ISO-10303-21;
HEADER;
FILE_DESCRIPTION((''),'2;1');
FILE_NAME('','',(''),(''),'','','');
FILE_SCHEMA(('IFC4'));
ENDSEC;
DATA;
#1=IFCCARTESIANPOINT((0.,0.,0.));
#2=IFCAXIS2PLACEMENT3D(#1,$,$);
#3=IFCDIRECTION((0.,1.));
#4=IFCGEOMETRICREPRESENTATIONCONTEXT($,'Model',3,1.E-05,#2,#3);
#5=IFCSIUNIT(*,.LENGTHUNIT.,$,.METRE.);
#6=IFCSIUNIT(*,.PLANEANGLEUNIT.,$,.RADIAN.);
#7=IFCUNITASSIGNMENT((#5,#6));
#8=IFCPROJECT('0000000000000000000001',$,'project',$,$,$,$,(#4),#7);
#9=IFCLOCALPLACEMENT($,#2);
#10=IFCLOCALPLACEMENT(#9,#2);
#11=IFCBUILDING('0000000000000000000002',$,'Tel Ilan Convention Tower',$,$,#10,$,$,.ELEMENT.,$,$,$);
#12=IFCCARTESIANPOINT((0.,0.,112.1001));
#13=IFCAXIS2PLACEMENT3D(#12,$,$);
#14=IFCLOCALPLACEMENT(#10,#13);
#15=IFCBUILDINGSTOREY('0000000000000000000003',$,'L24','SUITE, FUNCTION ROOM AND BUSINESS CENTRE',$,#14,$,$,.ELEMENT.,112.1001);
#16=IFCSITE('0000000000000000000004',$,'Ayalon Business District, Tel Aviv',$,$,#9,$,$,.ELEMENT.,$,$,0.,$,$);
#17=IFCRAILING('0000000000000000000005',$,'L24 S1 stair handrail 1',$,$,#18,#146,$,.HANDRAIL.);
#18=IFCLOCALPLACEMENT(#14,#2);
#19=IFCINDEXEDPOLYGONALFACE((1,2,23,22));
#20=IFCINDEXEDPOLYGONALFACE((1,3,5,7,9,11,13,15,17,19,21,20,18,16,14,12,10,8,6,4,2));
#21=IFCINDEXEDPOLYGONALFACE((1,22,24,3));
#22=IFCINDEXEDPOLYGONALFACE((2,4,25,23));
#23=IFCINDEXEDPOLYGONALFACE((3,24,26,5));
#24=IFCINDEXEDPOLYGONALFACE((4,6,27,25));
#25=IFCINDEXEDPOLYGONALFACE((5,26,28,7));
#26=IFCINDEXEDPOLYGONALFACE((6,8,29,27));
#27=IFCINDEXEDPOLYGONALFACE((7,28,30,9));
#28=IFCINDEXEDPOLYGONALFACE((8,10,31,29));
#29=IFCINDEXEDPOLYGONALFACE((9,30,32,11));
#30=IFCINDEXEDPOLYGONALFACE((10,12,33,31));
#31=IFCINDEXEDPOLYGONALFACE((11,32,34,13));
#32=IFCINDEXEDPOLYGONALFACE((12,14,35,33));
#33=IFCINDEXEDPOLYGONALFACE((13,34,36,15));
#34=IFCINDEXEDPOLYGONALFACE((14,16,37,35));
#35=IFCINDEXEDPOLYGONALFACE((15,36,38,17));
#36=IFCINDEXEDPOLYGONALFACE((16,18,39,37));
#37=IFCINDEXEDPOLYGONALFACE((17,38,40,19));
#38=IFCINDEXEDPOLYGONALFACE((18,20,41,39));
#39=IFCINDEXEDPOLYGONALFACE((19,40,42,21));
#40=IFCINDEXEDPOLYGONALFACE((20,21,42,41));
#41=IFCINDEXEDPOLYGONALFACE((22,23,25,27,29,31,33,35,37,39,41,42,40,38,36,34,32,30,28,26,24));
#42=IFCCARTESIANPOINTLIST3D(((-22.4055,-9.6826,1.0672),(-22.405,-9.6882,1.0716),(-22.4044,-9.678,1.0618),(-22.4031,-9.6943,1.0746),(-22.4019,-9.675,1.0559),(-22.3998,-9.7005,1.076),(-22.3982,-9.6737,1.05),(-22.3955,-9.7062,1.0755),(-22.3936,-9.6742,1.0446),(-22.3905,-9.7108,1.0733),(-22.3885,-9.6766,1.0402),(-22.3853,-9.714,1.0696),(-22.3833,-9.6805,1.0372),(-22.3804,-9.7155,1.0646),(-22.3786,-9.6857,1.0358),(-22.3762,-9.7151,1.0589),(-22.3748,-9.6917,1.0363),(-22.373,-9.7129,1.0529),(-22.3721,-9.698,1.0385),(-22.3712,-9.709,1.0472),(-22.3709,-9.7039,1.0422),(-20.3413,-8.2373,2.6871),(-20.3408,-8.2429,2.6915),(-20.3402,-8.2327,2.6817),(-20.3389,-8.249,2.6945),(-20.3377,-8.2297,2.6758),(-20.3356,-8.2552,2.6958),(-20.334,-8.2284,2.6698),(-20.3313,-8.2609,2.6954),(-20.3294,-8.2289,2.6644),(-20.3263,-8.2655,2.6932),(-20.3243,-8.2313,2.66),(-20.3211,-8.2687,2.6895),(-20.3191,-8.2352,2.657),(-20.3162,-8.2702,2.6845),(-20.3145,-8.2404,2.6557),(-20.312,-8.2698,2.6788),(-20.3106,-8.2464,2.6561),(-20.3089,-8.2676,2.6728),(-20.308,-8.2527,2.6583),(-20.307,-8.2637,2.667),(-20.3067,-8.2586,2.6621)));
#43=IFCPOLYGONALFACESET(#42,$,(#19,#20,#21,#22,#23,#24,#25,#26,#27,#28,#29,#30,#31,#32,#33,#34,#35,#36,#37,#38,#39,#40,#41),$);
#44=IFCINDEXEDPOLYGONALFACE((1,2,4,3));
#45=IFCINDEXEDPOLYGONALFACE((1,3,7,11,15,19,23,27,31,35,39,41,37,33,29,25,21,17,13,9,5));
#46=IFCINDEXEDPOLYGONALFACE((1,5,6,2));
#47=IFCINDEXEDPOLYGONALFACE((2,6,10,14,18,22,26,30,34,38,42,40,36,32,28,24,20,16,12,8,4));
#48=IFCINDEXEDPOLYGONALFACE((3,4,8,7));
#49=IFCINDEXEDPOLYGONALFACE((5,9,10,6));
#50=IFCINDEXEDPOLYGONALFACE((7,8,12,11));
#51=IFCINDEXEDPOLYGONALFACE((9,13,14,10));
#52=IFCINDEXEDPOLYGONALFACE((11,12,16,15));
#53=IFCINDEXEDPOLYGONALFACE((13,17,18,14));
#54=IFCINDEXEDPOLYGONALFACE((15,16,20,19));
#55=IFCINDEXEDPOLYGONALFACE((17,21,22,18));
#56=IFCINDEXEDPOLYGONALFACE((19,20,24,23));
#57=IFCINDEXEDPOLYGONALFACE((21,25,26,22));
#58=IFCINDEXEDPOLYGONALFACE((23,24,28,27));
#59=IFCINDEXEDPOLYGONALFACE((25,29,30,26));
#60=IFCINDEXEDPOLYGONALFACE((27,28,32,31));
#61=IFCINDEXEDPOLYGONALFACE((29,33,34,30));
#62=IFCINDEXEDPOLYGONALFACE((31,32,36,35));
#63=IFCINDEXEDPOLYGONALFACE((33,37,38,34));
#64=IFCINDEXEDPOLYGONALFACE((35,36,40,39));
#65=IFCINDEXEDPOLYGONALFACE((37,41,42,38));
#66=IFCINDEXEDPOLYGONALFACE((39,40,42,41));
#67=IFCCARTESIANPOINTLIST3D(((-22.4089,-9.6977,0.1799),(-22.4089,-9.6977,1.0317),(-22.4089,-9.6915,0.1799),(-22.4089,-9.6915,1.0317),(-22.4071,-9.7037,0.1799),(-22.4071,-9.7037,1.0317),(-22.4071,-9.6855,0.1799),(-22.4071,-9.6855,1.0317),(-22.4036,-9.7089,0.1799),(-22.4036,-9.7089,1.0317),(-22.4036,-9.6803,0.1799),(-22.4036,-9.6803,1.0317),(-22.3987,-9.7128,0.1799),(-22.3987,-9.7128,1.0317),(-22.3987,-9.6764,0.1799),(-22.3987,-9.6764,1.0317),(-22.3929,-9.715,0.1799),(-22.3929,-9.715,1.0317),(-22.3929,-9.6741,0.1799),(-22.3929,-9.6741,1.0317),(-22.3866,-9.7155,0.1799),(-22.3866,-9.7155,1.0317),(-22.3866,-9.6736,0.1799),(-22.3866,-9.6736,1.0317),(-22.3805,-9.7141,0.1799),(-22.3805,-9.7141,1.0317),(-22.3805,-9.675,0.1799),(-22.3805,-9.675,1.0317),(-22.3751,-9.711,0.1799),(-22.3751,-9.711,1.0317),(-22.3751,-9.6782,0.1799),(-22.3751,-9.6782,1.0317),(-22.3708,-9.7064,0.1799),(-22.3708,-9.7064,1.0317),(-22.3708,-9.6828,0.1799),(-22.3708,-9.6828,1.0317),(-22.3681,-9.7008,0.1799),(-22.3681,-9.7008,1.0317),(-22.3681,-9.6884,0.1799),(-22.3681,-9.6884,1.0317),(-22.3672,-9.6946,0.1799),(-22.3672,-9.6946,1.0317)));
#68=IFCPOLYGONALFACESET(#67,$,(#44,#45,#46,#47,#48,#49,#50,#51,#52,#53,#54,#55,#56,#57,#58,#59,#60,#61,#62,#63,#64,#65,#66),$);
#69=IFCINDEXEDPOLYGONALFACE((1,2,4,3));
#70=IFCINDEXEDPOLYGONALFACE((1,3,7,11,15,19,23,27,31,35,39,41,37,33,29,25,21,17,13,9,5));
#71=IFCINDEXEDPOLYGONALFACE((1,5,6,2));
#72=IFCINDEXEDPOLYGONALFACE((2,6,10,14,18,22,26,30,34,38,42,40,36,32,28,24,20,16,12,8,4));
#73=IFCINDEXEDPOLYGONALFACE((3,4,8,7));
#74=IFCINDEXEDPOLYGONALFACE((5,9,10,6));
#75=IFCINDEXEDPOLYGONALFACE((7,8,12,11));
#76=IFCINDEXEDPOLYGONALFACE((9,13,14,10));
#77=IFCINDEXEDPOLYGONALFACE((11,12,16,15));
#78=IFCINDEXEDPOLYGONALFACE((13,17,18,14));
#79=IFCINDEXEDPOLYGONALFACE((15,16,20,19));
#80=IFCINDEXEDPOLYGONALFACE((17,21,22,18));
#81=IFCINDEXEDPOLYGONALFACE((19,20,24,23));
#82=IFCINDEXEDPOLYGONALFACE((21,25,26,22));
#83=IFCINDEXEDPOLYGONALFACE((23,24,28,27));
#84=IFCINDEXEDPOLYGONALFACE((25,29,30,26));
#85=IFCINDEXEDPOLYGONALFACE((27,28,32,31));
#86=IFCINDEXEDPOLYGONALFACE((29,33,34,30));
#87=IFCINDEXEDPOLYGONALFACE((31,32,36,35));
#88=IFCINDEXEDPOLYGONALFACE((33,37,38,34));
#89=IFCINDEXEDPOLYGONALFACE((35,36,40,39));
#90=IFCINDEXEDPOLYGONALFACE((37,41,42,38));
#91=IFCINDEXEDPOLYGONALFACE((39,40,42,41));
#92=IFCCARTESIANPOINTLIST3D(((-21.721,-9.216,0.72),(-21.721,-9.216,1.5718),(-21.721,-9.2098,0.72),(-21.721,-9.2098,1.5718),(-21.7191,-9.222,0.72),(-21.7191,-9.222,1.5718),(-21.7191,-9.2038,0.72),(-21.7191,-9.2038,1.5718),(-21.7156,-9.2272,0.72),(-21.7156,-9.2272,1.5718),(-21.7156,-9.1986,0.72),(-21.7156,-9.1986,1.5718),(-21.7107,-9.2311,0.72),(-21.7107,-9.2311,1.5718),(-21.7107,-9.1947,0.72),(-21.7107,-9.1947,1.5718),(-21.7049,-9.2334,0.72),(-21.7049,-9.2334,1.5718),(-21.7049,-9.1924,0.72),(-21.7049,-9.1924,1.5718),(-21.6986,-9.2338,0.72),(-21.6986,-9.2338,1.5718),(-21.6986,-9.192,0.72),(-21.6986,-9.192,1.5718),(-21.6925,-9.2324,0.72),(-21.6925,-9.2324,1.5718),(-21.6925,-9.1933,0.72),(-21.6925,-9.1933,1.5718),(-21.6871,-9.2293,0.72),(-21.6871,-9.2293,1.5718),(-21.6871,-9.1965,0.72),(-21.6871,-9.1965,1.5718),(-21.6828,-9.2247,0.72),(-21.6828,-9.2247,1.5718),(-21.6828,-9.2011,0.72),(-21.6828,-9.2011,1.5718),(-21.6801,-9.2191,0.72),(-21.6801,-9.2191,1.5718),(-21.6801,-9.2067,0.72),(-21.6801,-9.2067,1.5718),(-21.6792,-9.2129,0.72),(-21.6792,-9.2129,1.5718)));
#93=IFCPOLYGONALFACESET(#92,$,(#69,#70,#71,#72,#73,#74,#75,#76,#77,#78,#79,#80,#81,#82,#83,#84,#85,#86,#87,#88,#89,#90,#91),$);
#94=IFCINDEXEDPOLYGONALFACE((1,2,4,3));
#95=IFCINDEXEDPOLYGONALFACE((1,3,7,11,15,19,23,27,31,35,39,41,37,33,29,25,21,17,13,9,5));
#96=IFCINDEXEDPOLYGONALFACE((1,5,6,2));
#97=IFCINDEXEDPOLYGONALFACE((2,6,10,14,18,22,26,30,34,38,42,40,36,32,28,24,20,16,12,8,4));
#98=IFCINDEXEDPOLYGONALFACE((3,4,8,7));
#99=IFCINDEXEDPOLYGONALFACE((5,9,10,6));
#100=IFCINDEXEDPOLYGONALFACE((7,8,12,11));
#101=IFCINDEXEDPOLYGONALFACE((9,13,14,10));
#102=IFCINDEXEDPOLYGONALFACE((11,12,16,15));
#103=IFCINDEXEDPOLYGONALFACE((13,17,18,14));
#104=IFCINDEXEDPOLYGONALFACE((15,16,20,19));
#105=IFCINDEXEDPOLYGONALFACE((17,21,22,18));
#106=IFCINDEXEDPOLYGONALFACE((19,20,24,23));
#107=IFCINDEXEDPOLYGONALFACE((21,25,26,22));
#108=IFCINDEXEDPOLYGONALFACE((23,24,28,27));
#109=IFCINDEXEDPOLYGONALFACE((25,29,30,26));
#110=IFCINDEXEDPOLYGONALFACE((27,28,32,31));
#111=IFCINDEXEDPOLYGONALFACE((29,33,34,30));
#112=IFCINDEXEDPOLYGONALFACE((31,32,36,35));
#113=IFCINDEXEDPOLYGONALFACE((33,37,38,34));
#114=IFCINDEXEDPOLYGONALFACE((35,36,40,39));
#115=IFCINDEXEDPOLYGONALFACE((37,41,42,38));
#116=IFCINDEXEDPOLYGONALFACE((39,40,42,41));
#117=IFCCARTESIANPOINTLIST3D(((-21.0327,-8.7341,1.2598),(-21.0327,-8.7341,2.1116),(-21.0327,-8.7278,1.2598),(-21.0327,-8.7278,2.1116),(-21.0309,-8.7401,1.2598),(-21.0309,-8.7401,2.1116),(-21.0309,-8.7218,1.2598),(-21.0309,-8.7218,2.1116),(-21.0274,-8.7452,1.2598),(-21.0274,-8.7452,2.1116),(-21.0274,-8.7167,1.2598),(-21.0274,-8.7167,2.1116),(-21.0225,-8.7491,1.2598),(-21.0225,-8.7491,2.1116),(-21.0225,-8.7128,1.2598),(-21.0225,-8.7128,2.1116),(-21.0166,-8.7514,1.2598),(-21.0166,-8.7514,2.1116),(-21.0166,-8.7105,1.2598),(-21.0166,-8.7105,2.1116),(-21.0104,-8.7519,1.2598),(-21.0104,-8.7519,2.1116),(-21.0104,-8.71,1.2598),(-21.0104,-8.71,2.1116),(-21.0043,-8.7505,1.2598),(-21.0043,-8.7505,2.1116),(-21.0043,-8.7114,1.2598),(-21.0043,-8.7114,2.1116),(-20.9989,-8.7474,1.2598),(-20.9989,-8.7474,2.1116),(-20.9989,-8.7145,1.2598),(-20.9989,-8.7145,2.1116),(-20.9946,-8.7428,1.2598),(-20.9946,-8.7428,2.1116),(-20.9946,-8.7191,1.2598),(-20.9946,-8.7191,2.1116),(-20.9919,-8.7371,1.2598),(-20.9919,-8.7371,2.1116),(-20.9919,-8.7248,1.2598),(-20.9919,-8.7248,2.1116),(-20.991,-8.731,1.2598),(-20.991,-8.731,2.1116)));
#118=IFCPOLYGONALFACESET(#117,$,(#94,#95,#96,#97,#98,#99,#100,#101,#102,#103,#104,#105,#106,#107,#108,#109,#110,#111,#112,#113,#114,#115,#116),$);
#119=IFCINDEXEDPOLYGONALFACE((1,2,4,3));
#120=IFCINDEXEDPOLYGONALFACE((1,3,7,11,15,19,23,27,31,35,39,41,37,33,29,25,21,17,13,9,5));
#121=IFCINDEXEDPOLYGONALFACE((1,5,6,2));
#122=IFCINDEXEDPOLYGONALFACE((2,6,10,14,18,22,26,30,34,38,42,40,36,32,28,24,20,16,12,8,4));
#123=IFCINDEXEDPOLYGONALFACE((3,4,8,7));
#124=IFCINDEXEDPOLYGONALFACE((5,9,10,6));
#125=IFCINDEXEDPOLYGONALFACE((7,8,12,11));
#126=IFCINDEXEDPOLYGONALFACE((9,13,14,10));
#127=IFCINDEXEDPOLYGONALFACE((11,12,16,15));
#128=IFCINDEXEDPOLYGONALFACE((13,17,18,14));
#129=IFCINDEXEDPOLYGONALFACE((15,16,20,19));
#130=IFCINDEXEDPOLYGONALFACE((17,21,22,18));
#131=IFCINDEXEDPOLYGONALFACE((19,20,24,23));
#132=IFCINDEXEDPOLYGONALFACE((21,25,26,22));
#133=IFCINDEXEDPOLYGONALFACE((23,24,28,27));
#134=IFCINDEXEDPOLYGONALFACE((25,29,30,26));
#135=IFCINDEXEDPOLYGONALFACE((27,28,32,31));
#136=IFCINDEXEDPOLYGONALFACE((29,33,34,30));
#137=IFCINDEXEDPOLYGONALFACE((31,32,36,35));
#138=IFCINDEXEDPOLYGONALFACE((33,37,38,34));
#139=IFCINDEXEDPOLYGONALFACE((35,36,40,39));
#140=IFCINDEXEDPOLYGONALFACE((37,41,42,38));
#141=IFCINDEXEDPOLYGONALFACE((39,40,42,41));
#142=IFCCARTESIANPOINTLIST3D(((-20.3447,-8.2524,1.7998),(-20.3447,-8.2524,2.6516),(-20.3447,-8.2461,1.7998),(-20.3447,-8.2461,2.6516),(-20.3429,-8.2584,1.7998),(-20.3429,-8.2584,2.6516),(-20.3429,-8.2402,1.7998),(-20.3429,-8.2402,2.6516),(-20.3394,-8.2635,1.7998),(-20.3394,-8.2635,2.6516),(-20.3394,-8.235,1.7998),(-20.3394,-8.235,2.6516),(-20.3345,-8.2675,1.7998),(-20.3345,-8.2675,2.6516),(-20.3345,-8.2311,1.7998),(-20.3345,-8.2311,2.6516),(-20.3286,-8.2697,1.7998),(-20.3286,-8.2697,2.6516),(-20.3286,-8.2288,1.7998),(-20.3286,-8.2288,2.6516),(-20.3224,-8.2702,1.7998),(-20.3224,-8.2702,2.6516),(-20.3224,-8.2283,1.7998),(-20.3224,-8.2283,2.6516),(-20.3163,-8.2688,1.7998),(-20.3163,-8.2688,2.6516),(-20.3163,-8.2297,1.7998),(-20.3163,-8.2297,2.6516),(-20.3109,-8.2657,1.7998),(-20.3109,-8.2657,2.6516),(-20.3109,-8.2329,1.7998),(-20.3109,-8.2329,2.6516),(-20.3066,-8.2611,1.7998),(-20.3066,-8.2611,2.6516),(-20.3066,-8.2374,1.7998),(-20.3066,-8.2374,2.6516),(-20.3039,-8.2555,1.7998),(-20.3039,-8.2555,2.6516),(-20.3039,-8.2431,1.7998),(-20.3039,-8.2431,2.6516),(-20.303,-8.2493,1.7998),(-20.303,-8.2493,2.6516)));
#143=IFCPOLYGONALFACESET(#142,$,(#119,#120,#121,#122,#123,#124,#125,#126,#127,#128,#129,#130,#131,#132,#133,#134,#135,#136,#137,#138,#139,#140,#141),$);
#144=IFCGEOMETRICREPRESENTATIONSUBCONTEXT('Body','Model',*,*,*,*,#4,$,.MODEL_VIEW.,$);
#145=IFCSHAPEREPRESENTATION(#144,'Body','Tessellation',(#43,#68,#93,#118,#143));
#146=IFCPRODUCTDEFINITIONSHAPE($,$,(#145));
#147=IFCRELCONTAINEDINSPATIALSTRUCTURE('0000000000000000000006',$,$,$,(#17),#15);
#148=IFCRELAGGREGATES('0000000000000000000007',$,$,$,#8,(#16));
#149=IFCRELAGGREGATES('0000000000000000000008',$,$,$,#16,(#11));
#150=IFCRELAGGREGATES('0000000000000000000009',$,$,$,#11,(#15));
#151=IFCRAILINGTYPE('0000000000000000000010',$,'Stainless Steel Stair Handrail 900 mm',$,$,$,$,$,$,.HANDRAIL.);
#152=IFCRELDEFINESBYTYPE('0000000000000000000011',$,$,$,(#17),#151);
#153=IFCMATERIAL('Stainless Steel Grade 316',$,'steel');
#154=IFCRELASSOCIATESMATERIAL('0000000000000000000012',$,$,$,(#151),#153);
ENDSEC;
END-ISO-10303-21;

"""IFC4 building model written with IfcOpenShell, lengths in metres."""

from ifc_helpers import new_model, si_unit, direction, frame, origin, origin_2d, place, context, subcontext, project, spatial, circle, extrude, material, type_object, element, save


model = new_model("IFC4")

# Units and contexts
model_context = context("Model", 3, precision=1e-05, world=origin(), true_north=direction((0.0, 1.0)))
body_context = subcontext(model_context, "Body", "Model", "MODEL_VIEW")
ifc_project = project(units=[si_unit("LENGTHUNIT", "METRE"), si_unit("PLANEANGLEUNIT", "RADIAN")], contexts=[model_context])

# Site, building, storey
site_placement = place(None, origin())
site = spatial("IfcSite", under=ifc_project, at=site_placement, Name="Ayalon Business District, Tel Aviv", CompositionType="ELEMENT", RefElevation=0.0)
building_placement = place(site_placement, origin())
building = spatial("IfcBuilding", under=site, at=building_placement, Name="Tel Ilan Convention Tower", CompositionType="ELEMENT")
storey_placement = place(building_placement, frame((0.0, 0.0, 112.1001)))
storey = spatial("IfcBuildingStorey", under=building, at=storey_placement, Name="L24", Description="SUITE, FUNCTION ROOM AND BUSINESS CENTRE", CompositionType="ELEMENT", Elevation=112.1001)

# Railing
ifc_material_1 = material(Name="Stainless Steel Grade 316", Category="steel")
railing_type_1 = type_object("IfcRailingType", Name="Stainless Steel Stair Handrail 900 mm", PredefinedType="HANDRAIL", material=ifc_material_1)
railing_1_placement = place(storey_placement, frame((-22.3882, -9.6946, 0.1799)))
element("IfcRailing", 1, at=railing_1_placement, inside=storey, type_object=railing_type_1, Name="L24 S1 stair handrail 1", PredefinedType="HANDRAIL", context=body_context, shape_type="SweptSolid", body=[
    extrude(circle(Radius=0.0239, at=origin_2d()), frame((0.0, 0.0, 0.876), z_axis=(0.68907, 0.482472, 0.540743), x_axis=(-0.57356, 0.819164, 0.0)), (0.0, 0.0, 1.0), 2.9956),
    extrude(circle(Radius=0.021, at=origin_2d()), origin(), (0.0, 0.0, 1.0), 0.8518),
    extrude(circle(Radius=0.021, at=origin_2d()), frame((0.688, 0.4817, 0.54)), (0.0, 0.0, 1.0), 0.8518),
    extrude(circle(Radius=0.021, at=origin_2d()), frame((1.3762, 0.9636, 1.0798)), (0.0, 0.0, 1.0), 0.8518),
    extrude(circle(Radius=0.021, at=origin_2d()), frame((2.0642, 1.4453, 1.6199)), (0.0, 0.0, 1.0), 0.8518),
])

save(model, "model.ifc")
